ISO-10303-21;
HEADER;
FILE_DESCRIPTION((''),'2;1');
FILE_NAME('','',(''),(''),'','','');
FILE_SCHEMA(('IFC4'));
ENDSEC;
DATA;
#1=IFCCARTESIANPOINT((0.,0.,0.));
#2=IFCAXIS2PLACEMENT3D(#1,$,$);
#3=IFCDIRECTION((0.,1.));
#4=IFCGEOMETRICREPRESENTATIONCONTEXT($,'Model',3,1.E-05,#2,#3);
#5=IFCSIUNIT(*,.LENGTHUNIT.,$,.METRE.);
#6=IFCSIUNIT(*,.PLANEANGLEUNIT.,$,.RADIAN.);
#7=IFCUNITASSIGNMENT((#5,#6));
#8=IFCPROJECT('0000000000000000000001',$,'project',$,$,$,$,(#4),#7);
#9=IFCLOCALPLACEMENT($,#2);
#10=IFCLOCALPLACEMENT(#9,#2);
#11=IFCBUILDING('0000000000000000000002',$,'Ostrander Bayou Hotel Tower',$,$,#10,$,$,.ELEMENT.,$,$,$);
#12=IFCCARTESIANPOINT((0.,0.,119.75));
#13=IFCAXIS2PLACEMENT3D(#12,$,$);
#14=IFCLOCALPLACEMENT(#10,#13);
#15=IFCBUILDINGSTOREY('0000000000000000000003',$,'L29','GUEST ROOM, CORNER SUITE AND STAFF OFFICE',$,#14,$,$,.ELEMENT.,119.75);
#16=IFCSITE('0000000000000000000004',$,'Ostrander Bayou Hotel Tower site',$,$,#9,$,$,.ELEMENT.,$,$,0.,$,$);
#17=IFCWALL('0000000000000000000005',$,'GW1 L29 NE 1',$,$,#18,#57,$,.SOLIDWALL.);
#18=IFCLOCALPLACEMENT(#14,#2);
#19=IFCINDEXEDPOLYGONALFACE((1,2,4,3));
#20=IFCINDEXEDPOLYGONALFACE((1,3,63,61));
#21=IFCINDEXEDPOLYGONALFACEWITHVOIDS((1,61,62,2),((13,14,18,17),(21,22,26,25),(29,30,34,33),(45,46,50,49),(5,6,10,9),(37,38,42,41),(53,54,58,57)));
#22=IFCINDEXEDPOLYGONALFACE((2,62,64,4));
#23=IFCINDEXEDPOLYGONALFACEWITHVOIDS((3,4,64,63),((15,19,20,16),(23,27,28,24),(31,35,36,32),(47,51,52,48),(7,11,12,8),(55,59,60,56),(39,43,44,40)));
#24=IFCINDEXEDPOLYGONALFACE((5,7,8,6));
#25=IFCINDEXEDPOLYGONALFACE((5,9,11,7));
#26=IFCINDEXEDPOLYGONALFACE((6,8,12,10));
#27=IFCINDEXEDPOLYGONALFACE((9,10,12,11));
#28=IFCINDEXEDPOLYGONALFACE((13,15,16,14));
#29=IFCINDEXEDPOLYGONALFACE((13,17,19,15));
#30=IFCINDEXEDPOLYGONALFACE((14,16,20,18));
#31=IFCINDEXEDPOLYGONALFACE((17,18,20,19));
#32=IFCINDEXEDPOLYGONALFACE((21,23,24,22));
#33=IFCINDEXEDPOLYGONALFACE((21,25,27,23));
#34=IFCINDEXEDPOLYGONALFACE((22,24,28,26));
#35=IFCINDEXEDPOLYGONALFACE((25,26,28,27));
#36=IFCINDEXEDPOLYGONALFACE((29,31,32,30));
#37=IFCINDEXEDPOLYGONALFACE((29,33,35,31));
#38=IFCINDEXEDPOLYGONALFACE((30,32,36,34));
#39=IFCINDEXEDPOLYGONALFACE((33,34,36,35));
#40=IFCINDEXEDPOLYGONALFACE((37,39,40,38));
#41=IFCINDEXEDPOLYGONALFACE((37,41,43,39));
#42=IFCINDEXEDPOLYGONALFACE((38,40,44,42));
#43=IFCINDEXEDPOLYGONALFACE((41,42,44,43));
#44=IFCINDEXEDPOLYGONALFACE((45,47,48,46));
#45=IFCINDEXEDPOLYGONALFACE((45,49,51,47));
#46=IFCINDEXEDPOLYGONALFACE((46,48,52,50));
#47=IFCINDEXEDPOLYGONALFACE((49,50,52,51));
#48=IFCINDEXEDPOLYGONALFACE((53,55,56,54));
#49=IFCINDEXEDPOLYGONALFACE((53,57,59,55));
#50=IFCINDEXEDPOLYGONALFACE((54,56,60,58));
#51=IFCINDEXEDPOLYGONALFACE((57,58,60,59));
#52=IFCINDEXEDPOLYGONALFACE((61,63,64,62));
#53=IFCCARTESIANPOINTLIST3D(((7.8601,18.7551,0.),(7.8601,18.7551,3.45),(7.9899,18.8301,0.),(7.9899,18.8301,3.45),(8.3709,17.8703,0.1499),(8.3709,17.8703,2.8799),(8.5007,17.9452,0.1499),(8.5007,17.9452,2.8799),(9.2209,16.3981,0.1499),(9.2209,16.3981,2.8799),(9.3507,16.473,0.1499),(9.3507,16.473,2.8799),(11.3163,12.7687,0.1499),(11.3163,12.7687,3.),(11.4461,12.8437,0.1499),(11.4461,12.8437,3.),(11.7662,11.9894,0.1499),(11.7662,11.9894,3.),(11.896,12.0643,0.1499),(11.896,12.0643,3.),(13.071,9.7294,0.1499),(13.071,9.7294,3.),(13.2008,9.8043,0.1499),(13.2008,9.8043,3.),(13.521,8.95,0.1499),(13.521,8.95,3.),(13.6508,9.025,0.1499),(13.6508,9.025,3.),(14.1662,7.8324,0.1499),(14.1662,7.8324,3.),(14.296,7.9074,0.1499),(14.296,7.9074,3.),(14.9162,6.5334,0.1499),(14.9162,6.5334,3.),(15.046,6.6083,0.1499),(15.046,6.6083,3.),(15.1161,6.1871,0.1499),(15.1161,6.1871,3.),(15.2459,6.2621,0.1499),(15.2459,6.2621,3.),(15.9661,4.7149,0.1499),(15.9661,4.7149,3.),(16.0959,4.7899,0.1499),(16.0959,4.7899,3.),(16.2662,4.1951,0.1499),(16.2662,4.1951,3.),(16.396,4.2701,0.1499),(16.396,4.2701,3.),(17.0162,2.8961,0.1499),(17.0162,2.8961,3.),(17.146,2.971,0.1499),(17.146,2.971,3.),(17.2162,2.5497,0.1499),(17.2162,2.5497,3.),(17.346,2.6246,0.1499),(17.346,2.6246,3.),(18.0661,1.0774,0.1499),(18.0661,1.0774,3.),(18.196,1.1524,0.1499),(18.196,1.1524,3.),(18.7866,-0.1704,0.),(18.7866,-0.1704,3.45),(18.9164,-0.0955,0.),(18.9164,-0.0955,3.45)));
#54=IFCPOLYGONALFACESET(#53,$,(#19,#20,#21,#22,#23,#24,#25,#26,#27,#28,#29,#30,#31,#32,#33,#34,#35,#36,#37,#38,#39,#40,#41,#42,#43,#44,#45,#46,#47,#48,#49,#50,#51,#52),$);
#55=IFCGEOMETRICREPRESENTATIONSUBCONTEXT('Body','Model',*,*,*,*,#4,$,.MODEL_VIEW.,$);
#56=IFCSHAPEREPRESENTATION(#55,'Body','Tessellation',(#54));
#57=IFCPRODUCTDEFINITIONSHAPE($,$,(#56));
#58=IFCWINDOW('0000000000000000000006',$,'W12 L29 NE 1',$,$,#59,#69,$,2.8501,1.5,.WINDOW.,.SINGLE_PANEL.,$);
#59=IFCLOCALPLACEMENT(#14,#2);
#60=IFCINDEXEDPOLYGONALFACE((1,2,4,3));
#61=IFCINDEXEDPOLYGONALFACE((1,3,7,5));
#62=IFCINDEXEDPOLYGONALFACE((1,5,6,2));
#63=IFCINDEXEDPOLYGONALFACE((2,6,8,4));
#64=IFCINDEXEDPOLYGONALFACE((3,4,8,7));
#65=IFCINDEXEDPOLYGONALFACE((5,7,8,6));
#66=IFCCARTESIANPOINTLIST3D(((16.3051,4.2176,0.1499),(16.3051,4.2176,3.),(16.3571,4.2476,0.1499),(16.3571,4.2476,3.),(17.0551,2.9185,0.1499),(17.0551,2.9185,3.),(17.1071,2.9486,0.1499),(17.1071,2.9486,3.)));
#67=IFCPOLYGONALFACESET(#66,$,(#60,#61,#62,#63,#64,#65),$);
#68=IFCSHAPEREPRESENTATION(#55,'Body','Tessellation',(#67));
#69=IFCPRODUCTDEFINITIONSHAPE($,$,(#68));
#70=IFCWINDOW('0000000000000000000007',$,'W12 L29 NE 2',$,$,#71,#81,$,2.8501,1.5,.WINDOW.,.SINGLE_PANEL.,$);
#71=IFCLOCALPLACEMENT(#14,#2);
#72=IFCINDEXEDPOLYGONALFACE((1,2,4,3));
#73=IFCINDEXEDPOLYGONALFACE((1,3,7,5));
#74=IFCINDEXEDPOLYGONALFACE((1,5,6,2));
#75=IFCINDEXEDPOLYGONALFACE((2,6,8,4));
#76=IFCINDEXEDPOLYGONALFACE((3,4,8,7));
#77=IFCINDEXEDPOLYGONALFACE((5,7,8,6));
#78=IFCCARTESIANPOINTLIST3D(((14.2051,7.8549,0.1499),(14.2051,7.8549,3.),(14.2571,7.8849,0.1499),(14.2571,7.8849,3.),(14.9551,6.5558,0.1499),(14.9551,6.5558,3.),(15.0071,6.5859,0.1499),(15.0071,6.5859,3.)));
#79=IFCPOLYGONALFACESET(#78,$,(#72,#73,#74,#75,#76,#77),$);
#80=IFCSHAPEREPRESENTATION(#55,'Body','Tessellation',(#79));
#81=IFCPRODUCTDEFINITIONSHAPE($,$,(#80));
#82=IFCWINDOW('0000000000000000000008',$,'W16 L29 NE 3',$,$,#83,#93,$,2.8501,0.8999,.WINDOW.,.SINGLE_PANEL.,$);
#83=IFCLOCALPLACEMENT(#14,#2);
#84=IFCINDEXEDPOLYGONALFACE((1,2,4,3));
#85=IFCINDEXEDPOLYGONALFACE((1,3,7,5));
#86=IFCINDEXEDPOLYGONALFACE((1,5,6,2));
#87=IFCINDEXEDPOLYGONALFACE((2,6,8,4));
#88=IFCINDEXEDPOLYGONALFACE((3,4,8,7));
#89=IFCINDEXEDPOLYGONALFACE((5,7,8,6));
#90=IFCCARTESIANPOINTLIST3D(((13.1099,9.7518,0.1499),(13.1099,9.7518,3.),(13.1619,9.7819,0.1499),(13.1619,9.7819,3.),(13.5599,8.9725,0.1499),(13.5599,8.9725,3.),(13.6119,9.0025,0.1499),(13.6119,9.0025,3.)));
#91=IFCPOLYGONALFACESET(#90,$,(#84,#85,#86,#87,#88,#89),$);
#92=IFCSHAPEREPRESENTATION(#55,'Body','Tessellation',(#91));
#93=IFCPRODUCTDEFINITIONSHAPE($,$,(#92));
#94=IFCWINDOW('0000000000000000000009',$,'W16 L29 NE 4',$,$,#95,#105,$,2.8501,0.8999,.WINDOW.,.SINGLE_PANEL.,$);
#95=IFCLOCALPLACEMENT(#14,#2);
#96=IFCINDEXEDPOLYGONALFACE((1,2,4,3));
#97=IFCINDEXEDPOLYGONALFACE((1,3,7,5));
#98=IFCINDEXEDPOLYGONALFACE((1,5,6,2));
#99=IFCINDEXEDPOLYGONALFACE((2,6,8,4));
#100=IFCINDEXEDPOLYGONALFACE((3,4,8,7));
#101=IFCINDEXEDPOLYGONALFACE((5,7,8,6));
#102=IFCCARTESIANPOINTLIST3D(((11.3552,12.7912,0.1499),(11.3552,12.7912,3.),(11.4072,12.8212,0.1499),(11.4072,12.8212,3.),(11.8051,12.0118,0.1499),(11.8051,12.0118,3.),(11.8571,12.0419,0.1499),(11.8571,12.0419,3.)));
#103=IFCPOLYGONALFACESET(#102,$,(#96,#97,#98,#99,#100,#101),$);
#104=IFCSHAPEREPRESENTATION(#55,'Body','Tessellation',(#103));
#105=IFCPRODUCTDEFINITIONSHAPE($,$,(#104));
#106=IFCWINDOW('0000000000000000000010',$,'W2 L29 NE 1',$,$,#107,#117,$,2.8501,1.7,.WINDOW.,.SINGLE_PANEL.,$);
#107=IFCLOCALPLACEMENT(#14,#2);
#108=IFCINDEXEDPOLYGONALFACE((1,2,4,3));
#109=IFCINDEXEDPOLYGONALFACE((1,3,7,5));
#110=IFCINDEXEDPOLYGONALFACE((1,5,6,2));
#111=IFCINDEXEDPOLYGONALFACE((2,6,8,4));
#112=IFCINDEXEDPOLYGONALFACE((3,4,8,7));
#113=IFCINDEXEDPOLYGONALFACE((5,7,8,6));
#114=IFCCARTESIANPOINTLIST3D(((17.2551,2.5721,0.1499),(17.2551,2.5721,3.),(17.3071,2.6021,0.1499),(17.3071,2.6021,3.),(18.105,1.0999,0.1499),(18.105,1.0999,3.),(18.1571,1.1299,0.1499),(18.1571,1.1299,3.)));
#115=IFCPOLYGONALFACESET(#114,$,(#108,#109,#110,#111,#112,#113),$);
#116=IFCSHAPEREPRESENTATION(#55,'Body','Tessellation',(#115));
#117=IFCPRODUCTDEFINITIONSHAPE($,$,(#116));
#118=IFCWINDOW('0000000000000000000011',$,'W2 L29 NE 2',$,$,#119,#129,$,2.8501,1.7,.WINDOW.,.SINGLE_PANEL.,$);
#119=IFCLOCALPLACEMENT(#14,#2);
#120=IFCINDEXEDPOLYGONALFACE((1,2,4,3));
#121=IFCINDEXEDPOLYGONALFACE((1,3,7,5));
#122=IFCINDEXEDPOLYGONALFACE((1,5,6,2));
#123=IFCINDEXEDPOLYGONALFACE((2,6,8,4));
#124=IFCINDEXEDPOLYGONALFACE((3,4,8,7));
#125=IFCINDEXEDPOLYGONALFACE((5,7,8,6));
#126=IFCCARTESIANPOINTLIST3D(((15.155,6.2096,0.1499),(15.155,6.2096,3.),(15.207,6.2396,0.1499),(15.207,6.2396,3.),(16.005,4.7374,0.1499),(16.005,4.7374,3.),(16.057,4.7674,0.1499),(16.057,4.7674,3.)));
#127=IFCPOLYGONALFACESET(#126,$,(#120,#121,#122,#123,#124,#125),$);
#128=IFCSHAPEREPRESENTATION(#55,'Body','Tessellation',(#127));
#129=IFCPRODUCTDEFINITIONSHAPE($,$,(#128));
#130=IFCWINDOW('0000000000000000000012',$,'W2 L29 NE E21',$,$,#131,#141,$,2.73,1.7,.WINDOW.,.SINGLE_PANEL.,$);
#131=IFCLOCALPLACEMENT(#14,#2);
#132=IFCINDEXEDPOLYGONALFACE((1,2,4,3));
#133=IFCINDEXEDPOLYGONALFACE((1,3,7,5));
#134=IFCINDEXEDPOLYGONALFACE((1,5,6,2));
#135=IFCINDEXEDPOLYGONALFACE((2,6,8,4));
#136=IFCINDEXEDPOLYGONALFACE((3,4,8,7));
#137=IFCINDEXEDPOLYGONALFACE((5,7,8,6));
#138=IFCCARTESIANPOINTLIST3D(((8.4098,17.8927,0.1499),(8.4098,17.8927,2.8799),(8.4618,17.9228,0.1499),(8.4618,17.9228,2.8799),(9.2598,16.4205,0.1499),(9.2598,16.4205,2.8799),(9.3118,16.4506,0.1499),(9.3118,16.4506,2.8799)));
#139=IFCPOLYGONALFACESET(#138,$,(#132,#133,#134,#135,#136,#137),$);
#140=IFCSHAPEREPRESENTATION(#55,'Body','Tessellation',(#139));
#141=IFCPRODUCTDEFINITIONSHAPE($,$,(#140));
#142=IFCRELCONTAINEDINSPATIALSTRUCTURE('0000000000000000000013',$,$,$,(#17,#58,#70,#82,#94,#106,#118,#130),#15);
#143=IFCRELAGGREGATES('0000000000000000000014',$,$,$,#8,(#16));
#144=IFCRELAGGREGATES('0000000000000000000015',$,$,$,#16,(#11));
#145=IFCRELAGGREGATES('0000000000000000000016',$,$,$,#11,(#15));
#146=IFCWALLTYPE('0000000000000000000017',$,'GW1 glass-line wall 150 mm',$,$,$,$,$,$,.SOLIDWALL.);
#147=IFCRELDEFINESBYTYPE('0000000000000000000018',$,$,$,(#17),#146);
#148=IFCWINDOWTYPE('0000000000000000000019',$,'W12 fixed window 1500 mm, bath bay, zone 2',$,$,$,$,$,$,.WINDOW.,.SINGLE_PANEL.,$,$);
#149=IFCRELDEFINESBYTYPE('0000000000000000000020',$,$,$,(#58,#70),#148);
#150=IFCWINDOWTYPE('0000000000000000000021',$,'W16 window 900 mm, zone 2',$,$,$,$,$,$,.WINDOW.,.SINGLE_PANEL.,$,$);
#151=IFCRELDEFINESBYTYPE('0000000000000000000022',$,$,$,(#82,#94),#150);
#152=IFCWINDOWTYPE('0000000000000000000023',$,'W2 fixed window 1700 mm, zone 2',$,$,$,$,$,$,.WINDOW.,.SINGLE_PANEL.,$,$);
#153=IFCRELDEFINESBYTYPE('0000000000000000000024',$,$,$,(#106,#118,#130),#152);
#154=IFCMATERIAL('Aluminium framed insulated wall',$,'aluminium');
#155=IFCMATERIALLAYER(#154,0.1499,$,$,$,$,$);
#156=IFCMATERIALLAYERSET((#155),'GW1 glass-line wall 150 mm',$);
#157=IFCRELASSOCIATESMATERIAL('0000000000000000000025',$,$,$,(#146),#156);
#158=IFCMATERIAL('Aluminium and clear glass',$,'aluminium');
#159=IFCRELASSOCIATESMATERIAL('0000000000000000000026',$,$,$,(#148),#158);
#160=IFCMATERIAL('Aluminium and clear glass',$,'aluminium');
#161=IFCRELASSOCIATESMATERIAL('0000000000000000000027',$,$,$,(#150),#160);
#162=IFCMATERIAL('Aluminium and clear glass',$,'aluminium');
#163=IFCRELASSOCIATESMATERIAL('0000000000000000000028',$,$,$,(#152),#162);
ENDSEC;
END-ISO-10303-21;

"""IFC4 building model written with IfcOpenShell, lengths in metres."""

from ifc_helpers import new_model, si_unit, direction, frame, frame_2d, origin, place, context, subcontext, project, spatial, rectangle, extrude, material, layer, layer_set, type_object, element, fill, save


model = new_model("IFC4")

# Units and contexts
model_context = context("Model", 3, precision=1e-05, world=origin(), true_north=direction((0.0, 1.0)))
body_context = subcontext(model_context, "Body", "Model", "MODEL_VIEW")
ifc_project = project(units=[si_unit("LENGTHUNIT", "METRE"), si_unit("PLANEANGLEUNIT", "RADIAN")], contexts=[model_context])

# Site, building, storey
site_placement = place(None, origin())
site = spatial("IfcSite", under=ifc_project, at=site_placement, Name="Ostrander Bayou Hotel Tower site", CompositionType="ELEMENT", RefElevation=0.0)
building_placement = place(site_placement, origin())
building = spatial("IfcBuilding", under=site, at=building_placement, Name="Ostrander Bayou Hotel Tower", CompositionType="ELEMENT")
storey_placement = place(building_placement, frame((0.0, 0.0, 119.75)))
storey = spatial("IfcBuildingStorey", under=building, at=storey_placement, Name="L29", Description="GUEST ROOM, CORNER SUITE AND STAFF OFFICE", CompositionType="ELEMENT", Elevation=119.75)

# Wall, openings, windows
ifc_material_1 = material(Name="Aluminium framed insulated wall", Category="aluminium")
ifc_layer_1 = layer(ifc_material_1, 0.1499)
ifc_layer_set_1 = layer_set([ifc_layer_1], Name="GW1 glass-line wall 150 mm")
wall_type_1 = type_object("IfcWallType", Name="GW1 glass-line wall 150 mm", PredefinedType="SOLIDWALL", material=ifc_layer_set_1)
wall_1_placement = place(storey_placement, frame((18.8516, -0.1331, 0.0), z_axis=(0.0, 0.0, 1.0), x_axis=(-0.499995, 0.866028, 0.0)))
wall_1 = element("IfcWall", 1, at=wall_1_placement, inside=storey, type_object=wall_type_1, Name="GW1 L29 NE 1", PredefinedType="SOLIDWALL", context=body_context, shape_type="SweptSolid", body=[
    extrude(rectangle(XDim=21.8533, YDim=0.1499, at=frame_2d((10.9268, 0.0))), origin(), (0.0, 0.0, 1.0), 3.45),
])
opening_1_placement = place(wall_1_placement, frame((1.4409, 0.0, 0.1499)))
opening_1 = element("IfcOpeningElement", 2, at=opening_1_placement, cuts=wall_1, PredefinedType="OPENING", context=body_context, shape_type="SweptSolid", body=[
    extrude(rectangle(XDim=1.7, YDim=2.8501, at=frame_2d((0.8501, 1.425))), frame((0.0, 0.075, 0.0), z_axis=(0.0, -1.0, 0.0), x_axis=(1.0, 0.0, 0.0)), (0.0, 0.0, 1.0), 0.1499),
])
opening_2_placement = place(wall_1_placement, frame((3.541, 0.0, 0.1499)))
opening_2 = element("IfcOpeningElement", 3, at=opening_2_placement, cuts=wall_1, PredefinedType="OPENING", context=body_context, shape_type="SweptSolid", body=[
    extrude(rectangle(XDim=1.5, YDim=2.8501, at=frame_2d((0.75, 1.425))), frame((0.0, 0.075, 0.0), z_axis=(0.0, -1.0, 0.0), x_axis=(1.0, 0.0, 0.0)), (0.0, 0.0, 1.0), 0.1499),
])
opening_3_placement = place(wall_1_placement, frame((5.6411, 0.0, 0.1499)))
opening_3 = element("IfcOpeningElement", 4, at=opening_3_placement, cuts=wall_1, PredefinedType="OPENING", context=body_context, shape_type="SweptSolid", body=[
    extrude(rectangle(XDim=1.7, YDim=2.8501, at=frame_2d((0.8501, 1.425))), frame((0.0, 0.075, 0.0), z_axis=(0.0, -1.0, 0.0), x_axis=(1.0, 0.0, 0.0)), (0.0, 0.0, 1.0), 0.1499),
])
opening_4_placement = place(wall_1_placement, frame((7.741, 0.0, 0.1499)))
opening_4 = element("IfcOpeningElement", 5, at=opening_4_placement, cuts=wall_1, PredefinedType="OPENING", context=body_context, shape_type="SweptSolid", body=[
    extrude(rectangle(XDim=1.5, YDim=2.8501, at=frame_2d((0.75, 1.425))), frame((0.0, 0.075, 0.0), z_axis=(0.0, -1.0, 0.0), x_axis=(1.0, 0.0, 0.0)), (0.0, 0.0, 1.0), 0.1499),
])
opening_5_placement = place(wall_1_placement, frame((10.5315, 0.0, 0.1499)))
opening_5 = element("IfcOpeningElement", 6, at=opening_5_placement, cuts=wall_1, PredefinedType="OPENING", context=body_context, shape_type="SweptSolid", body=[
    extrude(rectangle(XDim=0.8999, YDim=2.8501, at=frame_2d((0.45, 1.425))), frame((0.0, 0.075, 0.0), z_axis=(0.0, -1.0, 0.0), x_axis=(1.0, 0.0, 0.0)), (0.0, 0.0, 1.0), 0.1499),
])
opening_6_placement = place(wall_1_placement, frame((14.041, 0.0, 0.1499)))
opening_6 = element("IfcOpeningElement", 7, at=opening_6_placement, cuts=wall_1, PredefinedType="OPENING", context=body_context, shape_type="SweptSolid", body=[
    extrude(rectangle(XDim=0.8999, YDim=2.8501, at=frame_2d((0.45, 1.425))), frame((0.0, 0.075, 0.0), z_axis=(0.0, -1.0, 0.0), x_axis=(1.0, 0.0, 0.0)), (0.0, 0.0, 1.0), 0.1499),
])
opening_7_placement = place(wall_1_placement, frame((19.1316, 0.0, 0.1499)))
opening_7 = element("IfcOpeningElement", 8, at=opening_7_placement, cuts=wall_1, PredefinedType="OPENING", context=body_context, shape_type="SweptSolid", body=[
    extrude(rectangle(XDim=1.7, YDim=2.73, at=frame_2d((0.8501, 1.365))), frame((0.0, 0.075, 0.0), z_axis=(0.0, -1.0, 0.0), x_axis=(1.0, 0.0, 0.0)), (0.0, 0.0, 1.0), 0.1499),
])
ifc_material_2 = material(Name="Aluminium and clear glass", Category="aluminium")
window_type_1 = type_object("IfcWindowType", Name="W12 fixed window 1500 mm, bath bay, zone 2", PartitioningType="SINGLE_PANEL", PredefinedType="WINDOW", material=ifc_material_2)
window_1_placement = place(opening_2_placement, origin())
window_1 = element("IfcWindow", 9, at=window_1_placement, inside=storey, type_object=window_type_1, Name="W12 L29 NE 1", OverallHeight=2.8501, OverallWidth=1.5, PartitioningType="SINGLE_PANEL", PredefinedType="WINDOW", context=body_context, shape_type="SweptSolid", body=[
    extrude(rectangle(XDim=1.5, YDim=2.8501, at=frame_2d((0.75, 1.425))), frame((0.0, 0.03, 0.0), z_axis=(0.0, -1.0, 0.0), x_axis=(1.0, 0.0, 0.0)), (0.0, 0.0, 1.0), 0.0601),
])
fill(opening_2, window_1)
window_2_placement = place(opening_4_placement, origin())
window_2 = element("IfcWindow", 10, at=window_2_placement, inside=storey, type_object=window_type_1, Name="W12 L29 NE 2", OverallHeight=2.8501, OverallWidth=1.5, PartitioningType="SINGLE_PANEL", PredefinedType="WINDOW", context=body_context, shape_type="SweptSolid", body=[
    extrude(rectangle(XDim=1.5, YDim=2.8501, at=frame_2d((0.75, 1.425))), frame((0.0, 0.03, 0.0), z_axis=(0.0, -1.0, 0.0), x_axis=(1.0, 0.0, 0.0)), (0.0, 0.0, 1.0), 0.0601),
])
fill(opening_4, window_2)
ifc_material_3 = material(Name="Aluminium and clear glass", Category="aluminium")
window_type_2 = type_object("IfcWindowType", Name="W16 window 900 mm, zone 2", PartitioningType="SINGLE_PANEL", PredefinedType="WINDOW", material=ifc_material_3)
window_3_placement = place(opening_5_placement, origin())
window_3 = element("IfcWindow", 11, at=window_3_placement, inside=storey, type_object=window_type_2, Name="W16 L29 NE 3", OverallHeight=2.8501, OverallWidth=0.8999, PartitioningType="SINGLE_PANEL", PredefinedType="WINDOW", context=body_context, shape_type="SweptSolid", body=[
    extrude(rectangle(XDim=0.8999, YDim=2.8501, at=frame_2d((0.45, 1.425))), frame((0.0, 0.03, 0.0), z_axis=(0.0, -1.0, 0.0), x_axis=(1.0, 0.0, 0.0)), (0.0, 0.0, 1.0), 0.0601),
])
fill(opening_5, window_3)
window_4_placement = place(opening_6_placement, origin())
window_4 = element("IfcWindow", 12, at=window_4_placement, inside=storey, type_object=window_type_2, Name="W16 L29 NE 4", OverallHeight=2.8501, OverallWidth=0.8999, PartitioningType="SINGLE_PANEL", PredefinedType="WINDOW", context=body_context, shape_type="SweptSolid", body=[
    extrude(rectangle(XDim=0.8999, YDim=2.8501, at=frame_2d((0.45, 1.425))), frame((0.0, 0.03, 0.0), z_axis=(0.0, -1.0, 0.0), x_axis=(1.0, 0.0, 0.0)), (0.0, 0.0, 1.0), 0.0601),
])
fill(opening_6, window_4)
ifc_material_4 = material(Name="Aluminium and clear glass", Category="aluminium")
window_type_3 = type_object("IfcWindowType", Name="W2 fixed window 1700 mm, zone 2", PartitioningType="SINGLE_PANEL", PredefinedType="WINDOW", material=ifc_material_4)
window_5_placement = place(opening_1_placement, origin())
window_5 = element("IfcWindow", 13, at=window_5_placement, inside=storey, type_object=window_type_3, Name="W2 L29 NE 1", OverallHeight=2.8501, OverallWidth=1.7, PartitioningType="SINGLE_PANEL", PredefinedType="WINDOW", context=body_context, shape_type="SweptSolid", body=[
    extrude(rectangle(XDim=1.7, YDim=2.8501, at=frame_2d((0.8501, 1.425))), frame((0.0, 0.03, 0.0), z_axis=(0.0, -1.0, 0.0), x_axis=(1.0, 0.0, 0.0)), (0.0, 0.0, 1.0), 0.0601),
])
fill(opening_1, window_5)
window_6_placement = place(opening_3_placement, origin())
window_6 = element("IfcWindow", 14, at=window_6_placement, inside=storey, type_object=window_type_3, Name="W2 L29 NE 2", OverallHeight=2.8501, OverallWidth=1.7, PartitioningType="SINGLE_PANEL", PredefinedType="WINDOW", context=body_context, shape_type="SweptSolid", body=[
    extrude(rectangle(XDim=1.7, YDim=2.8501, at=frame_2d((0.8501, 1.425))), frame((0.0, 0.03, 0.0), z_axis=(0.0, -1.0, 0.0), x_axis=(1.0, 0.0, 0.0)), (0.0, 0.0, 1.0), 0.0601),
])
fill(opening_3, window_6)
window_7_placement = place(opening_7_placement, origin())
window_7 = element("IfcWindow", 15, at=window_7_placement, inside=storey, type_object=window_type_3, Name="W2 L29 NE E21", OverallHeight=2.73, OverallWidth=1.7, PartitioningType="SINGLE_PANEL", PredefinedType="WINDOW", context=body_context, shape_type="SweptSolid", body=[
    extrude(rectangle(XDim=1.7, YDim=2.73, at=frame_2d((0.8501, 1.365))), frame((0.0, 0.03, 0.0), z_axis=(0.0, -1.0, 0.0), x_axis=(1.0, 0.0, 0.0)), (0.0, 0.0, 1.0), 0.0601),
])
fill(opening_7, window_7)

save(model, "model.ifc")
